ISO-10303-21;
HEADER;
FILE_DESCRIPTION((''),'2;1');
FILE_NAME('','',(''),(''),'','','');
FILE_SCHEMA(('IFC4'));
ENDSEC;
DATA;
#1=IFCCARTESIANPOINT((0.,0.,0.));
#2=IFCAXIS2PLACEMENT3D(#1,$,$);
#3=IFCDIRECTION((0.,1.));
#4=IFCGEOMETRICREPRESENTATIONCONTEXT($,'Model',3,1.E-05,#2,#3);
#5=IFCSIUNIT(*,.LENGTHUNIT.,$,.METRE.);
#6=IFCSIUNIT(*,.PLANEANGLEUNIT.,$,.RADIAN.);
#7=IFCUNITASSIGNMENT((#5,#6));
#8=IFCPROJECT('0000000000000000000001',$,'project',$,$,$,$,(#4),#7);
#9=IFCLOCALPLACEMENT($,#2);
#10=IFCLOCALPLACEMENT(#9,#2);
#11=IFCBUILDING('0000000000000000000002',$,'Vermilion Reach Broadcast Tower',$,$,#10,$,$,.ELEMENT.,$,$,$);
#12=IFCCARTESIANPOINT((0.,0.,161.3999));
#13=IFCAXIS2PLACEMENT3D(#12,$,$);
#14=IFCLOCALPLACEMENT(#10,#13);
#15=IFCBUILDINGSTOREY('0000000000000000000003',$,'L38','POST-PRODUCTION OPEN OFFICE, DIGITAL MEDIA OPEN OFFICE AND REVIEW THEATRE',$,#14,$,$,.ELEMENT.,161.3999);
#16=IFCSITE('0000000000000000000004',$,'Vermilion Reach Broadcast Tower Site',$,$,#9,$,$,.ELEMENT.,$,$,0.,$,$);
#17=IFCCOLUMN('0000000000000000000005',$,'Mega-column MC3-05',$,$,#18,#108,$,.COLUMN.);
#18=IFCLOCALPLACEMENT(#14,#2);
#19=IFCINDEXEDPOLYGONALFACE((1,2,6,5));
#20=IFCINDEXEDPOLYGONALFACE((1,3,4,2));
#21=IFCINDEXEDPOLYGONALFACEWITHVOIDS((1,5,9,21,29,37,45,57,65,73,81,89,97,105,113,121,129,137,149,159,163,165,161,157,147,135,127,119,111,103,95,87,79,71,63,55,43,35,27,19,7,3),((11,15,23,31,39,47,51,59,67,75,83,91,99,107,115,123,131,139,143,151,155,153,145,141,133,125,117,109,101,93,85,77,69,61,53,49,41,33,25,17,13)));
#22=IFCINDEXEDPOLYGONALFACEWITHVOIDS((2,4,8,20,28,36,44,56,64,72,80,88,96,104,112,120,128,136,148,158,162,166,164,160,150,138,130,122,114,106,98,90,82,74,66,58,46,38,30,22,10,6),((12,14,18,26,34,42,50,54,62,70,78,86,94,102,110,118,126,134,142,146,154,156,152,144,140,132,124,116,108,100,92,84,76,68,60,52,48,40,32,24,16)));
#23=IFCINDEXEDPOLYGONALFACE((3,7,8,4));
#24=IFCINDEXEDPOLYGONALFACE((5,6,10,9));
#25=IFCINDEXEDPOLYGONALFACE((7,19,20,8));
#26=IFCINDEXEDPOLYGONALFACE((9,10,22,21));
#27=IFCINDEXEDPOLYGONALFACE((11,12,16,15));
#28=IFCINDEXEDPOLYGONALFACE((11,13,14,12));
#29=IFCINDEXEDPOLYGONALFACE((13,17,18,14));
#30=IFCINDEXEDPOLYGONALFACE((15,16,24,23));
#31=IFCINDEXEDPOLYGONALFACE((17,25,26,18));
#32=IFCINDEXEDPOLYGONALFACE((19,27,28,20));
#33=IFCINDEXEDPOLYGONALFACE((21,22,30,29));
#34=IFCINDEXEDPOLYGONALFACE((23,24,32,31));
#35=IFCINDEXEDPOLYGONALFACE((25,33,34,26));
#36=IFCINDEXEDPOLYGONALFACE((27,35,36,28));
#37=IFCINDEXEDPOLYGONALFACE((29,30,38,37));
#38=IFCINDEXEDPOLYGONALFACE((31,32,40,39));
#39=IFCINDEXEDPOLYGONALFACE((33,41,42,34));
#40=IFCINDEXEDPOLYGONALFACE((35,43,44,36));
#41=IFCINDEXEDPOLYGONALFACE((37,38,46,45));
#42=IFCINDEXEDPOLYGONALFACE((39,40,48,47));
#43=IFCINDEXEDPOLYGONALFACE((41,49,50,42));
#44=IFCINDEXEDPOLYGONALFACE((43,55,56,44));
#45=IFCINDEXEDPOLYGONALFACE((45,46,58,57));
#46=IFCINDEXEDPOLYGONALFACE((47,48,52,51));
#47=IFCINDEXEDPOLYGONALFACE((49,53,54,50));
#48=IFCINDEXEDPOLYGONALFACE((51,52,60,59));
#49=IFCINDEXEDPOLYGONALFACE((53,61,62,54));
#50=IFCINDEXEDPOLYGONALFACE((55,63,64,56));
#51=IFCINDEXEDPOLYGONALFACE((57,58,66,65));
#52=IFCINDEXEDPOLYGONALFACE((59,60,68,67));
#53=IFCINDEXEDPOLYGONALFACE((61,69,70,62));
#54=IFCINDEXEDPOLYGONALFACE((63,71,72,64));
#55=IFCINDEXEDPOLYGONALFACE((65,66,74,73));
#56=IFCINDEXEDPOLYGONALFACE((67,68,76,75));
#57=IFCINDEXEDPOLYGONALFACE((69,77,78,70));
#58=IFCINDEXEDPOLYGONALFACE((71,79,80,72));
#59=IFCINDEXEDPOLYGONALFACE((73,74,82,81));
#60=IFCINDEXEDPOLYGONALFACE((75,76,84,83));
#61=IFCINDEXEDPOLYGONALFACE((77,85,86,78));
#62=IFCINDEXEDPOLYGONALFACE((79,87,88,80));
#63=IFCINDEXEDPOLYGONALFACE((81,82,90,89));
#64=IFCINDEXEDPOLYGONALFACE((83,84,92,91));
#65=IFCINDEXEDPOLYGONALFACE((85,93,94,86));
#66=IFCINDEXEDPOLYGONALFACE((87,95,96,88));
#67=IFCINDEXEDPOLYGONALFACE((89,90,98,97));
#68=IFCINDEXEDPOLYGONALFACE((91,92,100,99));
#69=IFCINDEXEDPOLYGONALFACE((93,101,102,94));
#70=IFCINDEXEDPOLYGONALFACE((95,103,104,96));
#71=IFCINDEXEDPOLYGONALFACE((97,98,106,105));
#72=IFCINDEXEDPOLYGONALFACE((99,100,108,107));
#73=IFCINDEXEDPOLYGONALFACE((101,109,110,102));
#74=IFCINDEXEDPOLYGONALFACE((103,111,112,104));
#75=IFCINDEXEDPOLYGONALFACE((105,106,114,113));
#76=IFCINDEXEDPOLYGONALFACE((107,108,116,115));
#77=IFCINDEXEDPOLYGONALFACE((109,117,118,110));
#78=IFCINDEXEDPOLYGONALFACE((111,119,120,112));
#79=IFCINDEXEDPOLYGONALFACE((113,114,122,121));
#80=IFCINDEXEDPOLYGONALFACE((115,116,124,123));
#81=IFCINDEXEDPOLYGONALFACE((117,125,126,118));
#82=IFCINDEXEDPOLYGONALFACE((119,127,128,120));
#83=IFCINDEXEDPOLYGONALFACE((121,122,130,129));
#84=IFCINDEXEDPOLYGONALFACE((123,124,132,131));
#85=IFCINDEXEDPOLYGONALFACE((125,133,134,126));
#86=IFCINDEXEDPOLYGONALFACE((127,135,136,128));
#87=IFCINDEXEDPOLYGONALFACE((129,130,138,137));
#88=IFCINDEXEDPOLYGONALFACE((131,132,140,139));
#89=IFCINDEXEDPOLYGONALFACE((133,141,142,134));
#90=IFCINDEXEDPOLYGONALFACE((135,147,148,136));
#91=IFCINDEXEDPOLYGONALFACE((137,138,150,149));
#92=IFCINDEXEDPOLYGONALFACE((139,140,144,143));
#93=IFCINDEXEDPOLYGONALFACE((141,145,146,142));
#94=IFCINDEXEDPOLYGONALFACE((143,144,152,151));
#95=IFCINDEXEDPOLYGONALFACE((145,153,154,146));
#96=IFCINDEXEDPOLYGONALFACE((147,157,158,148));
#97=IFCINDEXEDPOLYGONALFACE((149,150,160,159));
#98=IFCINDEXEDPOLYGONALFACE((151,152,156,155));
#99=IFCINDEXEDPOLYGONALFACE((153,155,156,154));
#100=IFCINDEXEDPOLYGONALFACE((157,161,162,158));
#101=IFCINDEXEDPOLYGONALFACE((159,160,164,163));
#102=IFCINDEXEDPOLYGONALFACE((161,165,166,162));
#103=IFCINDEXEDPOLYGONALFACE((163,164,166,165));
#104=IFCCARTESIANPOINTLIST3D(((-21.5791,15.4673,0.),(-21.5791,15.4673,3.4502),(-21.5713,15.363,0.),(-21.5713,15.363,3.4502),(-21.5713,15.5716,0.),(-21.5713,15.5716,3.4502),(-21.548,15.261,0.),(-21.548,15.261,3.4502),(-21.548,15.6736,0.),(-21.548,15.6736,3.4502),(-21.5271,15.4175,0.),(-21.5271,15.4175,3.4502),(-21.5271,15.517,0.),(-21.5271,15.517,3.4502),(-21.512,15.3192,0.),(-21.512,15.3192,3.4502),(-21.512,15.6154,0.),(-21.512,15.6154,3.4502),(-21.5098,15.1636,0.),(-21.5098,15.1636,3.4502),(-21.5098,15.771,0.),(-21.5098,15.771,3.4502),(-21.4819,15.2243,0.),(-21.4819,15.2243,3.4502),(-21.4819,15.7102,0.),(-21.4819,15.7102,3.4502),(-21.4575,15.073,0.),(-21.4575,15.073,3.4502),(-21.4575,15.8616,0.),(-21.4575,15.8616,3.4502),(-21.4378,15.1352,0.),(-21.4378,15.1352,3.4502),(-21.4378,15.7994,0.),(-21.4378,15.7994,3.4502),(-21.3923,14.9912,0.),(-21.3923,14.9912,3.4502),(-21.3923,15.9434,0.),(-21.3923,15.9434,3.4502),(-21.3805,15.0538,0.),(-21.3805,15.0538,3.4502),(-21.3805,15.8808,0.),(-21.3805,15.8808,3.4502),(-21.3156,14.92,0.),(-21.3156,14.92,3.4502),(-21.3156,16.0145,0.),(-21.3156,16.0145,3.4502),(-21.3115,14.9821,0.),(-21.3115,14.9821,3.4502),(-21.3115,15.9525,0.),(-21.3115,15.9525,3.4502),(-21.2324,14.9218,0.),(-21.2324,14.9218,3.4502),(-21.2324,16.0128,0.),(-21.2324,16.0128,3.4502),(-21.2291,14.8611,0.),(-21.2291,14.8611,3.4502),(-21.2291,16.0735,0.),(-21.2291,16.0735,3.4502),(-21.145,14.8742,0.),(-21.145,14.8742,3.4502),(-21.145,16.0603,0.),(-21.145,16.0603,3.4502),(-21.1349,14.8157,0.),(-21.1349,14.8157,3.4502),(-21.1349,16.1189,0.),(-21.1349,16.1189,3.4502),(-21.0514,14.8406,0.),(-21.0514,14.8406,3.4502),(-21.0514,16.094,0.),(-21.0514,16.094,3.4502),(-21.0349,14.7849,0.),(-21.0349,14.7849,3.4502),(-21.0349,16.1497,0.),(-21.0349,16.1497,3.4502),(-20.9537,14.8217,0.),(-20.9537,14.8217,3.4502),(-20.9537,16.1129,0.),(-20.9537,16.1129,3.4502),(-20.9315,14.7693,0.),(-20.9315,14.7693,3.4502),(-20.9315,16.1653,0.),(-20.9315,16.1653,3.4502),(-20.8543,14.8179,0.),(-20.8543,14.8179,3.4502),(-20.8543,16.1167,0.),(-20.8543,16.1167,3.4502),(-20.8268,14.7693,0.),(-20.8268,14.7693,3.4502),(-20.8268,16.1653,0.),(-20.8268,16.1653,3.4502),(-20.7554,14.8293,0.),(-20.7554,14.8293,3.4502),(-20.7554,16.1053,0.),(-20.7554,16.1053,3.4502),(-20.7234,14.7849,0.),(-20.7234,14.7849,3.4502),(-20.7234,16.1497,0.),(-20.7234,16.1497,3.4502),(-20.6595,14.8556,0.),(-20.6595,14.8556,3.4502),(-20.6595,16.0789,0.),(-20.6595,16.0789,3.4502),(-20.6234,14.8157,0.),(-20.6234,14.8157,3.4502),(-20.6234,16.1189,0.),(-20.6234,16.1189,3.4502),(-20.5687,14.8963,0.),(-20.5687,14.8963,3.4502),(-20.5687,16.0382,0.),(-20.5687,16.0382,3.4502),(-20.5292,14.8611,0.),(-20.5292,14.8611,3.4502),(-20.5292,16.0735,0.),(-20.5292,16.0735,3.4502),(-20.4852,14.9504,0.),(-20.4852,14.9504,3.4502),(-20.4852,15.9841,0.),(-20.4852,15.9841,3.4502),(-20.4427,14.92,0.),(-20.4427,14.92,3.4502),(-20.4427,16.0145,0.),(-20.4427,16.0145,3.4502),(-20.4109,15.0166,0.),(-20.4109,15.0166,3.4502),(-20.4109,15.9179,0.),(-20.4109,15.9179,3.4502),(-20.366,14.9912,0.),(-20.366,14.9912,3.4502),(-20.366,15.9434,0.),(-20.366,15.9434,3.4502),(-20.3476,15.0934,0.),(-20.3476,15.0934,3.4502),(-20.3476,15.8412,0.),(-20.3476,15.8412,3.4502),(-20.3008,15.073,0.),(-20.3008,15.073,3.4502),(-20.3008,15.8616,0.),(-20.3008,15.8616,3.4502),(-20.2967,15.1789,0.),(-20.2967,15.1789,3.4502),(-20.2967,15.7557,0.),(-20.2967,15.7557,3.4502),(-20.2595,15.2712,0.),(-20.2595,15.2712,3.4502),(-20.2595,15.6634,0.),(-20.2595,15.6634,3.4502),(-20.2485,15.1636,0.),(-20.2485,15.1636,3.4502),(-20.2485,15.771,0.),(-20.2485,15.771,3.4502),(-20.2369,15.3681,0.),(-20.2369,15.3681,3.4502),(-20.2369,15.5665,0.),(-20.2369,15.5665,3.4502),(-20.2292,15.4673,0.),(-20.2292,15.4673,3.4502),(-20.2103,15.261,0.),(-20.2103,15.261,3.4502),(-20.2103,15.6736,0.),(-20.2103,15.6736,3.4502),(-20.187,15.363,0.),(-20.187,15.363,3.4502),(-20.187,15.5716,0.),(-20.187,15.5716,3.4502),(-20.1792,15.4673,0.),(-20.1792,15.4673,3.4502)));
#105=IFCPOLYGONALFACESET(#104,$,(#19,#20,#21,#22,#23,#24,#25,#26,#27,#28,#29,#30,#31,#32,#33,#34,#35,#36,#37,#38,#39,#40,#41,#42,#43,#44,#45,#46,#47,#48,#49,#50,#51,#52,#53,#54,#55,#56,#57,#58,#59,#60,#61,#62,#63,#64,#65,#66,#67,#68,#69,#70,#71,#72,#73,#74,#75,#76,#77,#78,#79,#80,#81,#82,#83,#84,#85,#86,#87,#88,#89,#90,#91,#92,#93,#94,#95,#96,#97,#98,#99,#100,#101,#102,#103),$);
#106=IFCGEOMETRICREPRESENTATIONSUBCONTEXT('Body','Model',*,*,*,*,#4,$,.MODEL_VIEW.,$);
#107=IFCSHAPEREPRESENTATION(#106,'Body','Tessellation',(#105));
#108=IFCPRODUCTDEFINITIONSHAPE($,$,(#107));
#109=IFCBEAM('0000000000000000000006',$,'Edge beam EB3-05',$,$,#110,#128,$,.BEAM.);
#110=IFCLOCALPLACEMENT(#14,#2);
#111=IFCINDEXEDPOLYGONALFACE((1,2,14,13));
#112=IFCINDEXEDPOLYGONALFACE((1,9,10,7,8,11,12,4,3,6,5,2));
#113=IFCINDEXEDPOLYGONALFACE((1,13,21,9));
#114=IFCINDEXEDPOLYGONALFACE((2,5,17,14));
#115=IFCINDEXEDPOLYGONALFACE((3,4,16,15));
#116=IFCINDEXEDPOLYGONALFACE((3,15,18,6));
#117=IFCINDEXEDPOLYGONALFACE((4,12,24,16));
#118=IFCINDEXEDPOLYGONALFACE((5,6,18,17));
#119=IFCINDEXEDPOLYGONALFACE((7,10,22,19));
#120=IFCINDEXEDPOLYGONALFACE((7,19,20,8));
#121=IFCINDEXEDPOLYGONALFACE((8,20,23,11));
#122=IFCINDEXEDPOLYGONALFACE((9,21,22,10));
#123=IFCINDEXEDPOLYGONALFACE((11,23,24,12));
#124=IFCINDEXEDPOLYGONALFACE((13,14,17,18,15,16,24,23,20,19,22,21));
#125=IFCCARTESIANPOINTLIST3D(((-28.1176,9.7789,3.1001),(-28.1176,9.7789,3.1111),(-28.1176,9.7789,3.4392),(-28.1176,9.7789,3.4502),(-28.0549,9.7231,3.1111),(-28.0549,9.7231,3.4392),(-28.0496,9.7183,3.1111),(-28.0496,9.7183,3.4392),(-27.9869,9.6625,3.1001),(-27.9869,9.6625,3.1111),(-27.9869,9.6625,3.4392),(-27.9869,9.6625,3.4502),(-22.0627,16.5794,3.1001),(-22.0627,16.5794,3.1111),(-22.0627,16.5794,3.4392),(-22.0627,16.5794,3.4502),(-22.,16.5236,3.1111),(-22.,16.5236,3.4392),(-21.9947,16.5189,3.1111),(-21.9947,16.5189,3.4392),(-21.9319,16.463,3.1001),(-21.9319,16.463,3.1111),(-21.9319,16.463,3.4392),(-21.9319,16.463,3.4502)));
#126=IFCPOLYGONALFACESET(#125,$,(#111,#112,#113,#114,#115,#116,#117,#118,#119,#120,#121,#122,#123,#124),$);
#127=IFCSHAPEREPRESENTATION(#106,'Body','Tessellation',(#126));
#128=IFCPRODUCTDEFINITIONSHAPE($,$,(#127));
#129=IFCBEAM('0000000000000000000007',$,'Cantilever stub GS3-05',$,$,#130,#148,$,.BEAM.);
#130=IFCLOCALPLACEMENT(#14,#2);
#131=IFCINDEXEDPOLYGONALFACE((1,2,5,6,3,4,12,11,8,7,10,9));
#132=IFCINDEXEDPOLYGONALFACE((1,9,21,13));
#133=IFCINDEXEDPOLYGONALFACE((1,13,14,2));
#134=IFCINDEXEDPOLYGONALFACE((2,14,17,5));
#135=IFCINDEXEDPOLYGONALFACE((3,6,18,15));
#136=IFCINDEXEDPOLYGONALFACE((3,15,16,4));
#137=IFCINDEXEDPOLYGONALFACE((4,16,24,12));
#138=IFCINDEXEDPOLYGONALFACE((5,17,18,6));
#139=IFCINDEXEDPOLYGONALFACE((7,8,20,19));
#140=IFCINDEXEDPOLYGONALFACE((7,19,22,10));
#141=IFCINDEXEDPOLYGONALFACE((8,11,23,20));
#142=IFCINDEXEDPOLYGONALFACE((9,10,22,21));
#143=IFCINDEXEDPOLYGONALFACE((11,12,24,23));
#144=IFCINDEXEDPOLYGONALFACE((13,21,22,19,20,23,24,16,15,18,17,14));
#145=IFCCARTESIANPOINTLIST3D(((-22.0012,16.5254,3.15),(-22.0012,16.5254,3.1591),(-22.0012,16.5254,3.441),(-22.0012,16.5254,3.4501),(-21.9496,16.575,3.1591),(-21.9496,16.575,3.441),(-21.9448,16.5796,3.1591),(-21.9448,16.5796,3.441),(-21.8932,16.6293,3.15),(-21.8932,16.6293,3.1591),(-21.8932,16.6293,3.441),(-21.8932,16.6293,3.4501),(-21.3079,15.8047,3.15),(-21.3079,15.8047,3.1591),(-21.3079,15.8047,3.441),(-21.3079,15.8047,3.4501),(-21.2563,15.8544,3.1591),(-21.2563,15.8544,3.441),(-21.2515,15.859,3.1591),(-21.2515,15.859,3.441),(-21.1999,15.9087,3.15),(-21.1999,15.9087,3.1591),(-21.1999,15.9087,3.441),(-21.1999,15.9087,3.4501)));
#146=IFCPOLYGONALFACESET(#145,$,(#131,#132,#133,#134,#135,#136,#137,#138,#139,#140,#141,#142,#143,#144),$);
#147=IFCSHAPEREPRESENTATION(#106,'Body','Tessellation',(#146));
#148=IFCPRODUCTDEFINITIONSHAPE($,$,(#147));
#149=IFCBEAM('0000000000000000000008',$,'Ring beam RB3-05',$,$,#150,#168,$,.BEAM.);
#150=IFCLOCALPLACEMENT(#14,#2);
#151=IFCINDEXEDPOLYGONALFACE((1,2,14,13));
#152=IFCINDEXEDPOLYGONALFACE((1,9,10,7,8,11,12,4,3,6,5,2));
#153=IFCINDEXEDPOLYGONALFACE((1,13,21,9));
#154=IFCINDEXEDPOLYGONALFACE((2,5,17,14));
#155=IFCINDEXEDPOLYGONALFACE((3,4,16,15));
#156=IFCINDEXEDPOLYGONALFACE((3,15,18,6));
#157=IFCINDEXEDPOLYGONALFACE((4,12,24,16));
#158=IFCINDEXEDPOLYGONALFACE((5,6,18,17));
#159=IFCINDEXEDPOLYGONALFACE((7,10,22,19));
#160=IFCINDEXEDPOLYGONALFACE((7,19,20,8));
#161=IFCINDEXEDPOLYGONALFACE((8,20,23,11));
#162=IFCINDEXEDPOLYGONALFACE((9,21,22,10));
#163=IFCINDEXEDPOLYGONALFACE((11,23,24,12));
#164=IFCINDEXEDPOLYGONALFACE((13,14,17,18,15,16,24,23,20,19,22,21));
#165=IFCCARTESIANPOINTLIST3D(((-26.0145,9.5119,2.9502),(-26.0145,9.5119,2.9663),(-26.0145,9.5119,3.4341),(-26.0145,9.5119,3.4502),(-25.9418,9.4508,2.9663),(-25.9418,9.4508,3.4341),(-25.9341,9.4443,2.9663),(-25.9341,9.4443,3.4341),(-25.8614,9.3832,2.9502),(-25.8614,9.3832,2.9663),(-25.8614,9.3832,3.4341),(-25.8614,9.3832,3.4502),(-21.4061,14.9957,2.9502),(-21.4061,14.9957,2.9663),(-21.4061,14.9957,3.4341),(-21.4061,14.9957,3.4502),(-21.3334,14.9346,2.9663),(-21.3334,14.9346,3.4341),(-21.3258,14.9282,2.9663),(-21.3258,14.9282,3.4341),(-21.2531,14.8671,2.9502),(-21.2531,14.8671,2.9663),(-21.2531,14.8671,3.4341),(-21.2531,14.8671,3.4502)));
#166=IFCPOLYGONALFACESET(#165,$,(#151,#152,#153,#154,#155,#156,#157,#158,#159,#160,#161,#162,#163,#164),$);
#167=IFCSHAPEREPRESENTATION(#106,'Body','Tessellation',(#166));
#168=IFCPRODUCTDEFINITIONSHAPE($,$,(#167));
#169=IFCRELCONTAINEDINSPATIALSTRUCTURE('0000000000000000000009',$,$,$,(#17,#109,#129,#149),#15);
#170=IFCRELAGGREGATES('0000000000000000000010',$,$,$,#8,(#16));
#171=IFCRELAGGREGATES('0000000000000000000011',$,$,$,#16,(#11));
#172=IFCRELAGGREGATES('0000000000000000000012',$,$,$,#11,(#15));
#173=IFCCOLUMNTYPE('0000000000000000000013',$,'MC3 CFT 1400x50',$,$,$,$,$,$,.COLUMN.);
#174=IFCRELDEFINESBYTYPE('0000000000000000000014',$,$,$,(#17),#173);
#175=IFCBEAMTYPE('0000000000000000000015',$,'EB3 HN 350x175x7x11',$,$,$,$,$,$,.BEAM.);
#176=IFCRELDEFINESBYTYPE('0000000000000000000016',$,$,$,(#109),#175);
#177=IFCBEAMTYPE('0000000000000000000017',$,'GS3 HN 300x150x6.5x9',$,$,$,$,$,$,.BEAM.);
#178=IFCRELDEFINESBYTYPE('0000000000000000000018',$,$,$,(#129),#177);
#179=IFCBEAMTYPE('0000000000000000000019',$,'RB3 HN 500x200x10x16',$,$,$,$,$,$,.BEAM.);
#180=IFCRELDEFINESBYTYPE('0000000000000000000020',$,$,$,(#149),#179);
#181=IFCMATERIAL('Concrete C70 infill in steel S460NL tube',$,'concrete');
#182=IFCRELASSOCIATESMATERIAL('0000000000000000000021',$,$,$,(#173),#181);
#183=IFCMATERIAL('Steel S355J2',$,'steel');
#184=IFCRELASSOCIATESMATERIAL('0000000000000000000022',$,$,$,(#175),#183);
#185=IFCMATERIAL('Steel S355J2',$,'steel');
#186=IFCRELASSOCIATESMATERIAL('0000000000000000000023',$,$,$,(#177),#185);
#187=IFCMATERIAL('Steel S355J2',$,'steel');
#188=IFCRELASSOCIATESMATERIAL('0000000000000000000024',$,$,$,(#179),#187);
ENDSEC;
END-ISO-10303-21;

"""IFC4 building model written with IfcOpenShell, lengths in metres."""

from ifc_helpers import new_model, si_unit, direction, frame, origin, origin_2d, place, context, subcontext, project, spatial, hollow_circle, i_section, extrude, material, material_profile, profile_set, type_object, element, save


model = new_model("IFC4")

# Units and contexts
model_context = context("Model", 3, precision=1e-05, world=origin(), true_north=direction((0.0, 1.0)))
body_context = subcontext(model_context, "Body", "Model", "MODEL_VIEW")
ifc_project = project(units=[si_unit("LENGTHUNIT", "METRE"), si_unit("PLANEANGLEUNIT", "RADIAN")], contexts=[model_context])

# Site, building, storey
site_placement = place(None, origin())
site = spatial("IfcSite", under=ifc_project, at=site_placement, Name="Vermilion Reach Broadcast Tower Site", CompositionType="ELEMENT", RefElevation=0.0)
building_placement = place(site_placement, origin())
building = spatial("IfcBuilding", under=site, at=building_placement, Name="Vermilion Reach Broadcast Tower", CompositionType="ELEMENT")
storey_placement = place(building_placement, frame((0.0, 0.0, 161.3999)))
storey = spatial("IfcBuildingStorey", under=building, at=storey_placement, Name="L38", Description="POST-PRODUCTION OPEN OFFICE, DIGITAL MEDIA OPEN OFFICE AND REVIEW THEATRE", CompositionType="ELEMENT", Elevation=161.3999)

# Column
ifc_material_1 = material(Name="Concrete C70 infill in steel S460NL tube", Category="concrete")
ifc_material_profile_1 = material_profile(ifc_material_1, hollow_circle(Radius=0.7, WallThickness=0.05, at=origin_2d()), Name="Concrete C70 infill in steel S460NL tube CFT 1400x50")
ifc_profile_set_1 = profile_set([ifc_material_profile_1], Name="Concrete C70 infill in steel S460NL tube")
column_type = type_object("IfcColumnType", Name="MC3 CFT 1400x50", PredefinedType="COLUMN", material=ifc_profile_set_1)
column_placement = place(storey_placement, frame((-20.8792, 15.4673, 0.0), z_axis=(0.0, 0.0, 1.0), x_axis=(1.0, 0.0, 0.0)))
element("IfcColumn", 1, at=column_placement, inside=storey, type_object=column_type, Name="Mega-column MC3-05", PredefinedType="COLUMN", context=body_context, shape_type="SweptSolid", body=[
    extrude(hollow_circle(Radius=0.7, WallThickness=0.05, at=origin_2d()), origin(), (0.0, 0.0, 1.0), 3.4502),
])

# Beams
ifc_material_2 = material(Name="Steel S355J2", Category="steel")
ifc_material_profile_2 = material_profile(ifc_material_2, i_section(OverallWidth=0.175, OverallDepth=0.3501, WebThickness=0.0071, FlangeThickness=0.011, at=origin_2d()), Name="S355J2 HN 350x175x7x11")
ifc_profile_set_2 = profile_set([ifc_material_profile_2], Name="Steel S355J2")
beam_type_1 = type_object("IfcBeamType", Name="EB3 HN 350x175x7x11", PredefinedType="BEAM", material=ifc_profile_set_2)
beam_1_placement = place(storey_placement, frame((-21.9973, 16.5212, 3.2751), z_axis=(-0.664978, -0.746863, 0.0), x_axis=(0.746863, -0.664978, 0.0)))
element("IfcBeam", 2, at=beam_1_placement, inside=storey, type_object=beam_type_1, Name="Edge beam EB3-05", PredefinedType="BEAM", context=body_context, shape_type="SweptSolid", body=[
    extrude(i_section(OverallWidth=0.175, OverallDepth=0.3501, WebThickness=0.0071, FlangeThickness=0.011, at=origin_2d()), origin(), (0.0, 0.0, 1.0), 9.1055),
])
ifc_material_3 = material(Name="Steel S355J2", Category="steel")
ifc_material_profile_3 = material_profile(ifc_material_3, i_section(OverallWidth=0.1499, OverallDepth=0.3, WebThickness=0.0066, FlangeThickness=0.009, at=origin_2d()), Name="S355J2 HN 300x150x6.5x9")
ifc_profile_set_3 = profile_set([ifc_material_profile_3], Name="Steel S355J2")
beam_type_2 = type_object("IfcBeamType", Name="GS3 HN 300x150x6.5x9", PredefinedType="BEAM", material=ifc_profile_set_3)
beam_2_placement = place(storey_placement, frame((-21.2539, 15.8567, 3.3), z_axis=(-0.693304, 0.720645, 0.0), x_axis=(-0.720645, -0.693304, 0.0)))
element("IfcBeam", 3, at=beam_2_placement, inside=storey, type_object=beam_type_2, Name="Cantilever stub GS3-05", PredefinedType="BEAM", context=body_context, shape_type="SweptSolid", body=[
    extrude(i_section(OverallWidth=0.1499, OverallDepth=0.3, WebThickness=0.0066, FlangeThickness=0.009, at=origin_2d()), origin(), (0.0, 0.0, 1.0), 1.0),
])
ifc_material_4 = material(Name="Steel S355J2", Category="steel")
ifc_material_profile_4 = material_profile(ifc_material_4, i_section(OverallWidth=0.2, OverallDepth=0.5, WebThickness=0.01, FlangeThickness=0.0161, at=origin_2d()), Name="S355J2 HN 500x200x10x16")
ifc_profile_set_4 = profile_set([ifc_material_profile_4], Name="Steel S355J2")
beam_type_3 = type_object("IfcBeamType", Name="RB3 HN 500x200x10x16", PredefinedType="BEAM", material=ifc_profile_set_4)
beam_3_placement = place(storey_placement, frame((-21.3296, 14.9314, 3.2002), z_axis=(-0.64335, -0.765572, 0.0), x_axis=(0.765572, -0.64335, 0.0)))
element("IfcBeam", 4, at=beam_3_placement, inside=storey, type_object=beam_type_3, Name="Ring beam RB3-05", PredefinedType="BEAM", context=body_context, shape_type="SweptSolid", body=[
    extrude(i_section(OverallWidth=0.2, OverallDepth=0.5, WebThickness=0.01, FlangeThickness=0.0161, at=origin_2d()), origin(), (0.0, 0.0, 1.0), 7.1631),
])

save(model, "model.ifc")
